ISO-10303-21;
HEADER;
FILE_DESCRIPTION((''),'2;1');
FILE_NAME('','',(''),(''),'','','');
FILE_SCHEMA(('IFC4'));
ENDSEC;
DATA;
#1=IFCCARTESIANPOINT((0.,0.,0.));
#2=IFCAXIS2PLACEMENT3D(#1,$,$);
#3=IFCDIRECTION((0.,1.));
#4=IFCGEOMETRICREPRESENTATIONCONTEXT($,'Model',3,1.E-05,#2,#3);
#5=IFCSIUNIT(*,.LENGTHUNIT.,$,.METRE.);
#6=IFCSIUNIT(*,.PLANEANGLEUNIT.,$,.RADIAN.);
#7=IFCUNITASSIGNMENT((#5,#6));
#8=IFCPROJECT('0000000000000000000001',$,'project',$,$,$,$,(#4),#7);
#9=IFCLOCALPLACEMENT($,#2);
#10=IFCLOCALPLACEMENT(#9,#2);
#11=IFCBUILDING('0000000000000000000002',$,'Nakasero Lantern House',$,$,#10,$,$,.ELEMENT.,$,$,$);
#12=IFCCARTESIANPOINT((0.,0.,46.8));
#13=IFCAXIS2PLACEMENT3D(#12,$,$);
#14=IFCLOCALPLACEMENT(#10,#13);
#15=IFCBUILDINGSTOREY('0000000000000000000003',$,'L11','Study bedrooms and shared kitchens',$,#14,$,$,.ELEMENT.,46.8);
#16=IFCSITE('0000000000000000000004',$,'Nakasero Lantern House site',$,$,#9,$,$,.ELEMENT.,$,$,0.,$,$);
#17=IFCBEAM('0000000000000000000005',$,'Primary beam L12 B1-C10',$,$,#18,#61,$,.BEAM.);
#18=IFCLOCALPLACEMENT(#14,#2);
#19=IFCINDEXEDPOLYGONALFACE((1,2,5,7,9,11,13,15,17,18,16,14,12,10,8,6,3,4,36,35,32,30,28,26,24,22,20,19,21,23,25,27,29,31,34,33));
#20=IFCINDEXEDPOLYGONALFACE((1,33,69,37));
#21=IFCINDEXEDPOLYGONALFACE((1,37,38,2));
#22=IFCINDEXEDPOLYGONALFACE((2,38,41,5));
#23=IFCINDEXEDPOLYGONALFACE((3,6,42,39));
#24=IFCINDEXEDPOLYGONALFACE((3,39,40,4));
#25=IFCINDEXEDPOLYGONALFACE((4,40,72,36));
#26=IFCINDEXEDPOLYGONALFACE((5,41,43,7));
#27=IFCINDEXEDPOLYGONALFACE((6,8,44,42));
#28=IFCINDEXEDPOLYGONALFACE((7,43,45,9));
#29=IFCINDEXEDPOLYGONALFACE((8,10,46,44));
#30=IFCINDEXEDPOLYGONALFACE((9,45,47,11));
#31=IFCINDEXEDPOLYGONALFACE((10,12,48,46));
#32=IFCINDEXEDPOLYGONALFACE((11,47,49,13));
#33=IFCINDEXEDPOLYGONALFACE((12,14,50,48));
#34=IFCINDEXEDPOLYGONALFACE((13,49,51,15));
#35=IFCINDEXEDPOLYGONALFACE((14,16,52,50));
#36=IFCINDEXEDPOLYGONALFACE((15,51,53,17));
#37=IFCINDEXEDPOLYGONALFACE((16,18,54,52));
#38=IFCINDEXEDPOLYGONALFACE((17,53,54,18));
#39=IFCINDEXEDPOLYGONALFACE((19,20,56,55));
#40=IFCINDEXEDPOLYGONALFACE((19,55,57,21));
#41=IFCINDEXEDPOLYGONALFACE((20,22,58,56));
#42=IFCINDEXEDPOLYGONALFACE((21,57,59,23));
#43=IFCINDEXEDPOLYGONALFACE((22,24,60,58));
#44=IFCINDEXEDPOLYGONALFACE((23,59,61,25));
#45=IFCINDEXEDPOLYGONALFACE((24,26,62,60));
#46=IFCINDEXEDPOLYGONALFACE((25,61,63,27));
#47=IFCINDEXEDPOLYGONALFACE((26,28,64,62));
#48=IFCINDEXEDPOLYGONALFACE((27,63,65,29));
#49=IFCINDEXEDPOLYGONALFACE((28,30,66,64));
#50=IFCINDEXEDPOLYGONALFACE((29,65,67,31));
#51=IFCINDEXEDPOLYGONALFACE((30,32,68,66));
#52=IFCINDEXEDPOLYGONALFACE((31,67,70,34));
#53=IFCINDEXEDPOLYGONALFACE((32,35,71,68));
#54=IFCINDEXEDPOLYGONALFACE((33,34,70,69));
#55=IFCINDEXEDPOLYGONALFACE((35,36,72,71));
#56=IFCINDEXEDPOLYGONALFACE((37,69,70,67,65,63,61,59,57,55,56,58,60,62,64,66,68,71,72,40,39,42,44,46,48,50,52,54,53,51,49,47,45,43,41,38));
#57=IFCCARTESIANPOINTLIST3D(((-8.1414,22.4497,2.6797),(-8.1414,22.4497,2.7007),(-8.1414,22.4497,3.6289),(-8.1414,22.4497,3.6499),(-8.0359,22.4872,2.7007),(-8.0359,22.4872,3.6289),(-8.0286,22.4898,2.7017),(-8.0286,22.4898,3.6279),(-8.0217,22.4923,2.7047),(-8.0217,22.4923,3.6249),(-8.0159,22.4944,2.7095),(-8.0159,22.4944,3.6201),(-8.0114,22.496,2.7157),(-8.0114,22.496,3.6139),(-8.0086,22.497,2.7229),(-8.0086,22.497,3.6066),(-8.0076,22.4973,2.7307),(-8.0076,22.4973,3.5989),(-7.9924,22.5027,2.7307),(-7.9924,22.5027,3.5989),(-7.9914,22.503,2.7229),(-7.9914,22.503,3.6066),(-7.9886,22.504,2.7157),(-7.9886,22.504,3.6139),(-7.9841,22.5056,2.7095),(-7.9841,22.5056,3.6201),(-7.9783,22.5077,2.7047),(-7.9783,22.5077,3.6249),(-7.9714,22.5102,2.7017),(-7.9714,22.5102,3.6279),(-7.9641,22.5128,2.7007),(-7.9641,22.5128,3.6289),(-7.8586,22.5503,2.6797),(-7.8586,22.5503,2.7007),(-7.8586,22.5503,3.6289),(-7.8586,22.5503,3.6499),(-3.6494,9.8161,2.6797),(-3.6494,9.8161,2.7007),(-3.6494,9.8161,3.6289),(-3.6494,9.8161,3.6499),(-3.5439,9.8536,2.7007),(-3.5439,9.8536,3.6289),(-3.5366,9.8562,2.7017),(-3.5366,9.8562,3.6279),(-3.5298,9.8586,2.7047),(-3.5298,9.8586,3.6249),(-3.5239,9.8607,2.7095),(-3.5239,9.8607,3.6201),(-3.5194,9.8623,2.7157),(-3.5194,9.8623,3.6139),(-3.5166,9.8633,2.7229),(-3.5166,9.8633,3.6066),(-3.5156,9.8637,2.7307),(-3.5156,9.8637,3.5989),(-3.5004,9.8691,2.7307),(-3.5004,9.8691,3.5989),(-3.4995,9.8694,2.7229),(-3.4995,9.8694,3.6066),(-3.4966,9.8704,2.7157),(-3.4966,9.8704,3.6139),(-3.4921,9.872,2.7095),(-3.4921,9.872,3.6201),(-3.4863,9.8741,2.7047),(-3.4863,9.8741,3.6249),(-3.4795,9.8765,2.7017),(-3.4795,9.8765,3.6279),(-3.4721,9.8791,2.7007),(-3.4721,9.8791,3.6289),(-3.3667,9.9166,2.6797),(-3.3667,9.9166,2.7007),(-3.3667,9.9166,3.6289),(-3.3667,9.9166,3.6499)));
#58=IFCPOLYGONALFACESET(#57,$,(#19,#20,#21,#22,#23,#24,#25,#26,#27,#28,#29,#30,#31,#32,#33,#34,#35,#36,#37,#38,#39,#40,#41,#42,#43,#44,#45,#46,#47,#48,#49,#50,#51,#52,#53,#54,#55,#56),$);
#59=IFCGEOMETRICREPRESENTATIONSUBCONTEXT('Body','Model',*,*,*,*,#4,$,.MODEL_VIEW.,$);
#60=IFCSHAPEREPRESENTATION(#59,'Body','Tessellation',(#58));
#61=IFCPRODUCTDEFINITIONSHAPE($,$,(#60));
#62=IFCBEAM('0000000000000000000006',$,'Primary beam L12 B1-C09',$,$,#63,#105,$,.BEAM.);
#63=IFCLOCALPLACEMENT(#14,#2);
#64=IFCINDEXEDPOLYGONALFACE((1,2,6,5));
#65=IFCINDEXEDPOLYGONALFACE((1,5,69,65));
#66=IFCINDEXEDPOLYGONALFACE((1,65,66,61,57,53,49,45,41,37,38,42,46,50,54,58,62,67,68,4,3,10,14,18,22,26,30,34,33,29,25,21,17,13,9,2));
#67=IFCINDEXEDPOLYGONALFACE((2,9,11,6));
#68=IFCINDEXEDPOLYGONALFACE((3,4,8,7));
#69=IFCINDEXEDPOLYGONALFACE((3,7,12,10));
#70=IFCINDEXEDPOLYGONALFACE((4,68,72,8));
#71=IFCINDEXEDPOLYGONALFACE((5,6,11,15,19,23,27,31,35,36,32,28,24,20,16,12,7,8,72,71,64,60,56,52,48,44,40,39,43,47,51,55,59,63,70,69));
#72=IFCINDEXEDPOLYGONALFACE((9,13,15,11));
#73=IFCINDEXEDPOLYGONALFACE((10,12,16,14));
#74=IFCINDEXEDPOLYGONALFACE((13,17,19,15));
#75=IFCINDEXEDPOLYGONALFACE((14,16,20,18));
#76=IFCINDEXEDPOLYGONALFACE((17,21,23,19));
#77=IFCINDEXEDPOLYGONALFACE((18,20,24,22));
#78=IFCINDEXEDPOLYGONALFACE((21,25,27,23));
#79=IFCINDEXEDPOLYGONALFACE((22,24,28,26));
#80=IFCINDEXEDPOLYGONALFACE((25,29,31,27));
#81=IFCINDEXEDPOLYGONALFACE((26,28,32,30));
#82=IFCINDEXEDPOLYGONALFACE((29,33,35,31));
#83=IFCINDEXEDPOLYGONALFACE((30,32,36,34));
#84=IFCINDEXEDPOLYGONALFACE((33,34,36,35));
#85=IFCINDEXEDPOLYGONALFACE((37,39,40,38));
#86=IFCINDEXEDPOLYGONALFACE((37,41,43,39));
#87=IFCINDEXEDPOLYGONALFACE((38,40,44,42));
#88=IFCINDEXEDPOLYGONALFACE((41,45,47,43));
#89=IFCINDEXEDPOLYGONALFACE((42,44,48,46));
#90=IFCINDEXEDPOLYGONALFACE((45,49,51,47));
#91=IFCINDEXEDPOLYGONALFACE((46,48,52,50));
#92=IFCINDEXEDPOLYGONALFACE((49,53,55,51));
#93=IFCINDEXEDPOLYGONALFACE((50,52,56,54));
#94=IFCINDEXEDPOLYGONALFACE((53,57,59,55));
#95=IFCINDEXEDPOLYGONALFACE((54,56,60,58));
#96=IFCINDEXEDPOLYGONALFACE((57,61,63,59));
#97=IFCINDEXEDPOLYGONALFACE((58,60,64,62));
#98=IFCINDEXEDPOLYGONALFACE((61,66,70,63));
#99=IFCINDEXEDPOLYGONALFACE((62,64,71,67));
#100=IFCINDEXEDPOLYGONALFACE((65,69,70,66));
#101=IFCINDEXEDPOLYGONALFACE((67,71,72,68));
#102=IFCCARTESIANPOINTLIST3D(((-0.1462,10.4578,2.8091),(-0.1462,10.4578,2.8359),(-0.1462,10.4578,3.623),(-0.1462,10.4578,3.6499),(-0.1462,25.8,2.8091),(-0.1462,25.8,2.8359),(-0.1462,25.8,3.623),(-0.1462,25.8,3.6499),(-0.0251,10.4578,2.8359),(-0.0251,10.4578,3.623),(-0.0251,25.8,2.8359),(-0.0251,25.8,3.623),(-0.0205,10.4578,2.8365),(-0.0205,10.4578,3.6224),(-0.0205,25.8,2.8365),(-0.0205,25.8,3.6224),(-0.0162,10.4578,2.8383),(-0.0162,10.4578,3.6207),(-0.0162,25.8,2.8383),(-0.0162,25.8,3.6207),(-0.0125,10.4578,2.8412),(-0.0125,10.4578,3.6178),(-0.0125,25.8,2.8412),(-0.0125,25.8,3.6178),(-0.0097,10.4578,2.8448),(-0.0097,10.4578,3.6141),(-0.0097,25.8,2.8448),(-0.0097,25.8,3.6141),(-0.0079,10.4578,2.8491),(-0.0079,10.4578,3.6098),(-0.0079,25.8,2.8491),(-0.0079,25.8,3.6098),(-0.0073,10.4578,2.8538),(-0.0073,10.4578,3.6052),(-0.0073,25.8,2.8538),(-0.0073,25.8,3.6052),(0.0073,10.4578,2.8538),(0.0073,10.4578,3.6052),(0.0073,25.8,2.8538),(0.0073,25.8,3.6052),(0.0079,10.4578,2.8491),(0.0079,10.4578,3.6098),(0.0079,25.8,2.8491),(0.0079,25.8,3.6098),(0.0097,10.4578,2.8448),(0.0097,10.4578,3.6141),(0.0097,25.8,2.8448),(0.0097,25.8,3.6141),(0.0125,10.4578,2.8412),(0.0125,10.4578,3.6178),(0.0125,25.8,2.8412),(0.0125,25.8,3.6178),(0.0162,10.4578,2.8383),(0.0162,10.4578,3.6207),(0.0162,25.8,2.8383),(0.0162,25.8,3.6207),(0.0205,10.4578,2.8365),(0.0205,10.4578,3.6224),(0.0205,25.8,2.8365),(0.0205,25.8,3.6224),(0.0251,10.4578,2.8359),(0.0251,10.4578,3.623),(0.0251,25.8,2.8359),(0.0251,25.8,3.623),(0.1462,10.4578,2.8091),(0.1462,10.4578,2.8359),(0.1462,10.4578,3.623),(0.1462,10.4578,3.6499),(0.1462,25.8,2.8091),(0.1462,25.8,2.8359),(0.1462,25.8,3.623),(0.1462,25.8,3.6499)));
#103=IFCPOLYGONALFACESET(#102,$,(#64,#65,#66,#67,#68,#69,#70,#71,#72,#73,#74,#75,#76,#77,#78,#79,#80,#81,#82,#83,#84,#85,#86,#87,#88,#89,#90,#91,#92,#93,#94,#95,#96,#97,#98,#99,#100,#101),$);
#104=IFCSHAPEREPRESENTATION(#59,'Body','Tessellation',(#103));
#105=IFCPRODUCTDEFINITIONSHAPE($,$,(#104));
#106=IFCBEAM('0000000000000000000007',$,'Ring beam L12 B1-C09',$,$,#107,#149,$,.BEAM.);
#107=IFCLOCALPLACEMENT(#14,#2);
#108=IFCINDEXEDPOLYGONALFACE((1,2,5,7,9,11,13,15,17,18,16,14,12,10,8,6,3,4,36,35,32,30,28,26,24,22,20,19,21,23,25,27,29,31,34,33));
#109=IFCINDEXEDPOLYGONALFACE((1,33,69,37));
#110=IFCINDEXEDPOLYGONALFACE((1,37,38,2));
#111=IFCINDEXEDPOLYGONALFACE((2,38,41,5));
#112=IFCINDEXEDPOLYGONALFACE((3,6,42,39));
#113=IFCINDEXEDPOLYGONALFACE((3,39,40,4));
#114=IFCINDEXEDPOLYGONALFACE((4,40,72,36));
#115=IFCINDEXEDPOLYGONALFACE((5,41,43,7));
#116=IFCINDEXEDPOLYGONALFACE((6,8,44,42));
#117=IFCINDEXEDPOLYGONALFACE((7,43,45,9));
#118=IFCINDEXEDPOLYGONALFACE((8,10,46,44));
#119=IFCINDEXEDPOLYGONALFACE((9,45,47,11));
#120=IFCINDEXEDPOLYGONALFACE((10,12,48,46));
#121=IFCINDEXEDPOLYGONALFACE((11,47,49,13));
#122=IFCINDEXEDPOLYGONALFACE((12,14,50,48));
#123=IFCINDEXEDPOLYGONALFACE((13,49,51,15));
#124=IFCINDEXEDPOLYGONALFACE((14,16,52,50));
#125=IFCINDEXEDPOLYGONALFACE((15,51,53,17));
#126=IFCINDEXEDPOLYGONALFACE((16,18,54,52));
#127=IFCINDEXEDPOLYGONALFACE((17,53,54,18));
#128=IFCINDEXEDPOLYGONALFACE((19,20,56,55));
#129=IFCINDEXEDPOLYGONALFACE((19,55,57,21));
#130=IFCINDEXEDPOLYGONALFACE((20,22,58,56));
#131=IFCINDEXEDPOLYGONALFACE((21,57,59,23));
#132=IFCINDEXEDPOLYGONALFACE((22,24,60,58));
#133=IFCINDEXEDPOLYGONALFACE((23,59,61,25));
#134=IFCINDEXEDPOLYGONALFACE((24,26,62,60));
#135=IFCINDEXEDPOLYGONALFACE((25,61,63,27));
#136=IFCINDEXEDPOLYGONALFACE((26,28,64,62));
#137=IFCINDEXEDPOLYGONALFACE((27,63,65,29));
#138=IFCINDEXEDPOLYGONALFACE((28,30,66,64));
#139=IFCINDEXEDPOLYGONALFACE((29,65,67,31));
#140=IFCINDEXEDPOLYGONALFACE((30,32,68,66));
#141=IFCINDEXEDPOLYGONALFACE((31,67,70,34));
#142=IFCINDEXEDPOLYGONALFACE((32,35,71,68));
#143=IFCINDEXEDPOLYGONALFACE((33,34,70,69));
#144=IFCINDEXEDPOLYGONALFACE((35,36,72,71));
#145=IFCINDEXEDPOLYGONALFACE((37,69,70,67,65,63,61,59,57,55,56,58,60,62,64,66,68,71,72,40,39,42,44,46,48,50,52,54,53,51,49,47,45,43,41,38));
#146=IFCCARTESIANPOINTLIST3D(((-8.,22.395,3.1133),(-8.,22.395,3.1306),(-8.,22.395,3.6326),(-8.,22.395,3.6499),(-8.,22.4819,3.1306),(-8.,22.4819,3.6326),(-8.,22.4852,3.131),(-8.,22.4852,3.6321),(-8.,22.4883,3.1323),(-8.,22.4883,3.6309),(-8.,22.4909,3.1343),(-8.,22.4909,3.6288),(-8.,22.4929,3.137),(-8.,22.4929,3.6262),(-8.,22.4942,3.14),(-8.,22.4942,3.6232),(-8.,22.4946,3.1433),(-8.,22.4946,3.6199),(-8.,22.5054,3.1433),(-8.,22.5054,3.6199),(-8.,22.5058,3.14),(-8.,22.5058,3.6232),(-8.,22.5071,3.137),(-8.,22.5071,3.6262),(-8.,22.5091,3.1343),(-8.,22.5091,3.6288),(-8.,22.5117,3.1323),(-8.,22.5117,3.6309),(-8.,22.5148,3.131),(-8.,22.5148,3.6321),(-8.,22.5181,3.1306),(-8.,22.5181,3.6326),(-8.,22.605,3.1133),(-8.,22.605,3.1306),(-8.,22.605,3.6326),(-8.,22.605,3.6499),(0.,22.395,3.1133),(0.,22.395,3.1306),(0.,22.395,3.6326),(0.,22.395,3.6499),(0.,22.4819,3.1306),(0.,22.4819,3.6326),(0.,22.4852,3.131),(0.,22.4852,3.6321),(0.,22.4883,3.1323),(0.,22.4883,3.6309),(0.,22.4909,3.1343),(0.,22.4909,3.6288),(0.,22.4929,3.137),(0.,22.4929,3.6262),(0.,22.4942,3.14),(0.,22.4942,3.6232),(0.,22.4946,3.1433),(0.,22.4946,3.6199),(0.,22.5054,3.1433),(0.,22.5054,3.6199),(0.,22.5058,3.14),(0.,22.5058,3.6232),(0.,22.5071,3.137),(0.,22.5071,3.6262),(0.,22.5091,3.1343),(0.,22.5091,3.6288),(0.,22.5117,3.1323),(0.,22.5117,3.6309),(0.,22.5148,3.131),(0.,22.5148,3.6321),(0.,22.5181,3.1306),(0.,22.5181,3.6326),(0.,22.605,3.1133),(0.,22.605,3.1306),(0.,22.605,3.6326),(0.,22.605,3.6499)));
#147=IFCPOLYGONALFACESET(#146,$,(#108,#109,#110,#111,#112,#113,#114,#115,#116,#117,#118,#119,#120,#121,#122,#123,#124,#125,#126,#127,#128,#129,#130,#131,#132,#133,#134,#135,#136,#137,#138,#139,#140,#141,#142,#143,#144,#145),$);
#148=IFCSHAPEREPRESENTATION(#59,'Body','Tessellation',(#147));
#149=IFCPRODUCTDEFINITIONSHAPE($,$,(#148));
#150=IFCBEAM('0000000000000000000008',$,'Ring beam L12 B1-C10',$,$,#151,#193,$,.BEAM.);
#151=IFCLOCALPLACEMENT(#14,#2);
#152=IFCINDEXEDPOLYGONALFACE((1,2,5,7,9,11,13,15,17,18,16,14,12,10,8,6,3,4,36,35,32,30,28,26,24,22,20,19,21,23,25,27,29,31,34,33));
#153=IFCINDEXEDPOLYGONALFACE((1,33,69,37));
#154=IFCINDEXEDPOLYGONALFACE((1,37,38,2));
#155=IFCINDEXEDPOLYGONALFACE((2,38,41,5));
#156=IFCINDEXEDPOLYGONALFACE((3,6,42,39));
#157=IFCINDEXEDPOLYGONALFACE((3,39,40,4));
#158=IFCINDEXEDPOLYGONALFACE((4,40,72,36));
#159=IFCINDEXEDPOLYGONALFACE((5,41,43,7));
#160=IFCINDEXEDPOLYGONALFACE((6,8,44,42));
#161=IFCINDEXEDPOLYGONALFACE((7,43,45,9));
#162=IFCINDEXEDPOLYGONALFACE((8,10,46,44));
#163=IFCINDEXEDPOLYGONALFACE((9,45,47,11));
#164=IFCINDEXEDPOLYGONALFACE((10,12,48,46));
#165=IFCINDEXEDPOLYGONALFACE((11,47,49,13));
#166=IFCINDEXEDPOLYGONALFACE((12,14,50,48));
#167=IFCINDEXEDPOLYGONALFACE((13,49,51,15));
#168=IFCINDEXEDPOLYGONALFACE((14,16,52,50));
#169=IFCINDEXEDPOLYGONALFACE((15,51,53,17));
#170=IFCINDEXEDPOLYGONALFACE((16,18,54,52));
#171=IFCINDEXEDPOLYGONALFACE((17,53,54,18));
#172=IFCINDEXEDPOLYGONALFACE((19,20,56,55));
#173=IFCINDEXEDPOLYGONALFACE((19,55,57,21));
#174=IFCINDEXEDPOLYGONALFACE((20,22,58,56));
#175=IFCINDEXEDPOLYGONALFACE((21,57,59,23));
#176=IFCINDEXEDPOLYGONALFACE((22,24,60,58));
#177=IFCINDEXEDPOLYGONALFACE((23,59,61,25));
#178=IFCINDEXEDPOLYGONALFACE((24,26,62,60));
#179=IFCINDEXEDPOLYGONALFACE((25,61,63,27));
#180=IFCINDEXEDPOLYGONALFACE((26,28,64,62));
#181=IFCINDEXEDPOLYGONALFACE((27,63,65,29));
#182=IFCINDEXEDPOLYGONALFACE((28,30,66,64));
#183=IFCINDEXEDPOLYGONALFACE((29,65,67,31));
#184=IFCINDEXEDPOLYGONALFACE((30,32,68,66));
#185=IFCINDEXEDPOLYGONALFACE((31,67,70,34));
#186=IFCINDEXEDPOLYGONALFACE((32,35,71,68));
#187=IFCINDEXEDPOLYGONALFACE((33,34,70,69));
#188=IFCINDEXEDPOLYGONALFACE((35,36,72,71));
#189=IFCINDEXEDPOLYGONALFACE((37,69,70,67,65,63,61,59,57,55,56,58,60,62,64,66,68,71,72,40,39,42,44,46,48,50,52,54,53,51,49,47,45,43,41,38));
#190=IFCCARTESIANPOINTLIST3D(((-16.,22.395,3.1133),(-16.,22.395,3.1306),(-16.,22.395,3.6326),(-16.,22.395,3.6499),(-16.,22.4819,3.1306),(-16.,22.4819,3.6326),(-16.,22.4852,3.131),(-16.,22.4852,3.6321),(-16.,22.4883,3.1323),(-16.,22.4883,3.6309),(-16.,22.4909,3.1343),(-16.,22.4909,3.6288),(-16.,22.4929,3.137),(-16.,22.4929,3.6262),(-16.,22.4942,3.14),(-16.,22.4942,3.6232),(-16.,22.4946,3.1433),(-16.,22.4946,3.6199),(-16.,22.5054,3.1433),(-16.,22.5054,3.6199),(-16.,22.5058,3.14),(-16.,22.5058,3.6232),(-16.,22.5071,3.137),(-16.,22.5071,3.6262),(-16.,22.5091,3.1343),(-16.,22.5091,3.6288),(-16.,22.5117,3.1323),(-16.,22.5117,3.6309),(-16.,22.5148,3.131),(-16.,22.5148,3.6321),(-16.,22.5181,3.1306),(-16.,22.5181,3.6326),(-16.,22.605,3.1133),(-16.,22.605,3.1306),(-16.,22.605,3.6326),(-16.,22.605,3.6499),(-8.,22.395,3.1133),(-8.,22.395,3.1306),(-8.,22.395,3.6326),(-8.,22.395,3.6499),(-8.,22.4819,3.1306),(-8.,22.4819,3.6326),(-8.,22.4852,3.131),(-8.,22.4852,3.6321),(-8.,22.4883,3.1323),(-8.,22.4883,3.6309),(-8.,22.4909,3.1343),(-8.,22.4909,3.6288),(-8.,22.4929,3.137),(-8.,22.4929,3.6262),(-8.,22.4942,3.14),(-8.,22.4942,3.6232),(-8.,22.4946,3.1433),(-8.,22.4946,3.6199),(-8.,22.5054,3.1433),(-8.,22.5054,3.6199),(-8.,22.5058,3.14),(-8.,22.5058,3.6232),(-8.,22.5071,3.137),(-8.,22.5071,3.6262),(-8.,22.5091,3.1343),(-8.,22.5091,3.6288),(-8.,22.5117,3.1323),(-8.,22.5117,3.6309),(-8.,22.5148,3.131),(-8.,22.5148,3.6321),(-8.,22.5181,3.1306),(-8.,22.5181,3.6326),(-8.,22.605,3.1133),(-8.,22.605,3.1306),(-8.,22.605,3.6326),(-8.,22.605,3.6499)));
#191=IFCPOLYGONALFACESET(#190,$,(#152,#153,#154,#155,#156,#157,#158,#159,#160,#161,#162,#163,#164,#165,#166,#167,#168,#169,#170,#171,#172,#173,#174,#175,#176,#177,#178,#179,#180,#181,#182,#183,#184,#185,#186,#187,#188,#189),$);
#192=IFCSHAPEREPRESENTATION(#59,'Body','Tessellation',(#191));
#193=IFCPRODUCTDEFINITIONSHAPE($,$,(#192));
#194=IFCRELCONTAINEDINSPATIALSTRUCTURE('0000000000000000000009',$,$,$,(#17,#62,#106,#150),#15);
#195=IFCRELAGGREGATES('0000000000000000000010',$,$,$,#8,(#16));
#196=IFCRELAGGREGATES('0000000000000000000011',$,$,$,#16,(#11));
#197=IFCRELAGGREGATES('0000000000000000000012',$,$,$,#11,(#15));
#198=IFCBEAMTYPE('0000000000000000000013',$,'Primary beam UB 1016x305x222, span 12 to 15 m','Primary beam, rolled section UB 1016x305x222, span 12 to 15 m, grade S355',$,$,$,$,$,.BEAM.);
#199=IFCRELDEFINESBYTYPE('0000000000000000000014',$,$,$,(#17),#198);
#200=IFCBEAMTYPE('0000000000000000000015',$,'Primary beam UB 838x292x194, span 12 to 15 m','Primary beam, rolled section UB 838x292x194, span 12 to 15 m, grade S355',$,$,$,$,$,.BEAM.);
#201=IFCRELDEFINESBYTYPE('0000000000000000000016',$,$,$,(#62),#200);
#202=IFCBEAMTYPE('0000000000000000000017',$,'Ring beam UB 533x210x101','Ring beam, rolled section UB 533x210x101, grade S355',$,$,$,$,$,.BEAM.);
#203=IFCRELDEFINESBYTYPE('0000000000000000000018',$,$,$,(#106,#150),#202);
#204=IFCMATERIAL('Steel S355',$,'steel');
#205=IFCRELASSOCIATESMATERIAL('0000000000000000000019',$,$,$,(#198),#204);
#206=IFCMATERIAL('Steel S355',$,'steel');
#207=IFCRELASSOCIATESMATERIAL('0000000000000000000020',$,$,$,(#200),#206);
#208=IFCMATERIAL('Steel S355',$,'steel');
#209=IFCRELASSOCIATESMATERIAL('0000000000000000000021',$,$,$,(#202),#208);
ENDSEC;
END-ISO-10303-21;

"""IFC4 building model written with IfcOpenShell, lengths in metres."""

from ifc_helpers import new_model, si_unit, direction, frame, origin, origin_2d, place, context, subcontext, project, spatial, i_section, extrude, material, material_profile, profile_set, type_object, element, save


model = new_model("IFC4")

# Units and contexts
model_context = context("Model", 3, precision=1e-05, world=origin(), true_north=direction((0.0, 1.0)))
body_context = subcontext(model_context, "Body", "Model", "MODEL_VIEW")
ifc_project = project(units=[si_unit("LENGTHUNIT", "METRE"), si_unit("PLANEANGLEUNIT", "RADIAN")], contexts=[model_context])

# Site, building, storey
site_placement = place(None, origin())
site = spatial("IfcSite", under=ifc_project, at=site_placement, Name="Nakasero Lantern House site", CompositionType="ELEMENT", RefElevation=0.0)
building_placement = place(site_placement, origin())
building = spatial("IfcBuilding", under=site, at=building_placement, Name="Nakasero Lantern House", CompositionType="ELEMENT")
storey_placement = place(building_placement, frame((0.0, 0.0, 46.8)))
storey = spatial("IfcBuildingStorey", under=building, at=storey_placement, Name="L11", Description="Study bedrooms and shared kitchens", CompositionType="ELEMENT", Elevation=46.8)

# Beams
ifc_material_1 = material(Name="Steel S355", Category="steel")
ifc_material_profile_1 = material_profile(ifc_material_1, i_section(OverallWidth=0.3, OverallDepth=0.9702, WebThickness=0.0161, FlangeThickness=0.021, FilletRadius=0.03, at=origin_2d()), Name="UB 1016x305x222")
ifc_profile_set_1 = profile_set([ifc_material_profile_1], Name="Steel S355")
beam_type_1 = type_object("IfcBeamType", Name="Primary beam UB 1016x305x222, span 12 to 15 m", Description="Primary beam, rolled section UB 1016x305x222, span 12 to 15 m, grade S355", PredefinedType="BEAM", material=ifc_profile_set_1)
beam_1_placement = place(storey_placement, frame((-8.0, 22.5, 3.1648), z_axis=(0.335011, -0.942214, 0.0), x_axis=(0.942214, 0.335011, 0.0)))
element("IfcBeam", 1, at=beam_1_placement, inside=storey, type_object=beam_type_1, Name="Primary beam L12 B1-C10", PredefinedType="BEAM", context=body_context, shape_type="SweptSolid", body=[
    extrude(i_section(OverallWidth=0.3, OverallDepth=0.9702, WebThickness=0.0161, FlangeThickness=0.021, FilletRadius=0.03, at=origin_2d()), origin(), (0.0, 0.0, 1.0), 13.4084),
])
ifc_material_2 = material(Name="Steel S355", Category="steel")
ifc_material_profile_2 = material_profile(ifc_material_2, i_section(OverallWidth=0.2925, OverallDepth=0.8408, WebThickness=0.0146, FlangeThickness=0.0269, FilletRadius=0.0178, at=origin_2d()), Name="UB 838x292x194")
ifc_profile_set_2 = profile_set([ifc_material_profile_2], Name="Steel S355")
beam_type_2 = type_object("IfcBeamType", Name="Primary beam UB 838x292x194, span 12 to 15 m", Description="Primary beam, rolled section UB 838x292x194, span 12 to 15 m, grade S355", PredefinedType="BEAM", material=ifc_profile_set_2)
beam_2_placement = place(storey_placement, frame((0.0, 25.8, 3.2295), z_axis=(0.0, -1.0, 0.0), x_axis=(1.0, 0.0, 0.0)))
element("IfcBeam", 2, at=beam_2_placement, inside=storey, type_object=beam_type_2, Name="Primary beam L12 B1-C09", PredefinedType="BEAM", context=body_context, shape_type="SweptSolid", body=[
    extrude(i_section(OverallWidth=0.2925, OverallDepth=0.8408, WebThickness=0.0146, FlangeThickness=0.0269, FilletRadius=0.0178, at=origin_2d()), origin(), (0.0, 0.0, 1.0), 15.3423),
])
ifc_material_3 = material(Name="Steel S355", Category="steel")
ifc_material_profile_3 = material_profile(ifc_material_3, i_section(OverallWidth=0.21, OverallDepth=0.5366, WebThickness=0.0107, FlangeThickness=0.0173, FilletRadius=0.0127, at=origin_2d()), Name="UB 533x210x101")
ifc_profile_set_3 = profile_set([ifc_material_profile_3], Name="Steel S355")
beam_type_3 = type_object("IfcBeamType", Name="Ring beam UB 533x210x101", Description="Ring beam, rolled section UB 533x210x101, grade S355", PredefinedType="BEAM", material=ifc_profile_set_3)
for number, where, z_axis, x_axis, name in (
    (3, (0.0, 22.5, 3.3816), (-1.0, 0.0, 0.0), (0.0, -1.0, 0.0), "Ring beam L12 B1-C09"),
    (4, (-8.0, 22.5, 3.3816), (-1.0, 0.0, 0.0), (0.0, -1.0, 0.0), "Ring beam L12 B1-C10"),
):
    element("IfcBeam", number, at=place(storey_placement, frame(where, z_axis=z_axis, x_axis=x_axis)), inside=storey, type_object=beam_type_3, Name=name, PredefinedType="BEAM", context=body_context, shape_type="SweptSolid", body=[
        extrude(i_section(OverallWidth=0.21, OverallDepth=0.5366, WebThickness=0.0107, FlangeThickness=0.0173, FilletRadius=0.0127, at=origin_2d()), origin(), (0.0, 0.0, 1.0), 8.0),
    ])

save(model, "model.ifc")
